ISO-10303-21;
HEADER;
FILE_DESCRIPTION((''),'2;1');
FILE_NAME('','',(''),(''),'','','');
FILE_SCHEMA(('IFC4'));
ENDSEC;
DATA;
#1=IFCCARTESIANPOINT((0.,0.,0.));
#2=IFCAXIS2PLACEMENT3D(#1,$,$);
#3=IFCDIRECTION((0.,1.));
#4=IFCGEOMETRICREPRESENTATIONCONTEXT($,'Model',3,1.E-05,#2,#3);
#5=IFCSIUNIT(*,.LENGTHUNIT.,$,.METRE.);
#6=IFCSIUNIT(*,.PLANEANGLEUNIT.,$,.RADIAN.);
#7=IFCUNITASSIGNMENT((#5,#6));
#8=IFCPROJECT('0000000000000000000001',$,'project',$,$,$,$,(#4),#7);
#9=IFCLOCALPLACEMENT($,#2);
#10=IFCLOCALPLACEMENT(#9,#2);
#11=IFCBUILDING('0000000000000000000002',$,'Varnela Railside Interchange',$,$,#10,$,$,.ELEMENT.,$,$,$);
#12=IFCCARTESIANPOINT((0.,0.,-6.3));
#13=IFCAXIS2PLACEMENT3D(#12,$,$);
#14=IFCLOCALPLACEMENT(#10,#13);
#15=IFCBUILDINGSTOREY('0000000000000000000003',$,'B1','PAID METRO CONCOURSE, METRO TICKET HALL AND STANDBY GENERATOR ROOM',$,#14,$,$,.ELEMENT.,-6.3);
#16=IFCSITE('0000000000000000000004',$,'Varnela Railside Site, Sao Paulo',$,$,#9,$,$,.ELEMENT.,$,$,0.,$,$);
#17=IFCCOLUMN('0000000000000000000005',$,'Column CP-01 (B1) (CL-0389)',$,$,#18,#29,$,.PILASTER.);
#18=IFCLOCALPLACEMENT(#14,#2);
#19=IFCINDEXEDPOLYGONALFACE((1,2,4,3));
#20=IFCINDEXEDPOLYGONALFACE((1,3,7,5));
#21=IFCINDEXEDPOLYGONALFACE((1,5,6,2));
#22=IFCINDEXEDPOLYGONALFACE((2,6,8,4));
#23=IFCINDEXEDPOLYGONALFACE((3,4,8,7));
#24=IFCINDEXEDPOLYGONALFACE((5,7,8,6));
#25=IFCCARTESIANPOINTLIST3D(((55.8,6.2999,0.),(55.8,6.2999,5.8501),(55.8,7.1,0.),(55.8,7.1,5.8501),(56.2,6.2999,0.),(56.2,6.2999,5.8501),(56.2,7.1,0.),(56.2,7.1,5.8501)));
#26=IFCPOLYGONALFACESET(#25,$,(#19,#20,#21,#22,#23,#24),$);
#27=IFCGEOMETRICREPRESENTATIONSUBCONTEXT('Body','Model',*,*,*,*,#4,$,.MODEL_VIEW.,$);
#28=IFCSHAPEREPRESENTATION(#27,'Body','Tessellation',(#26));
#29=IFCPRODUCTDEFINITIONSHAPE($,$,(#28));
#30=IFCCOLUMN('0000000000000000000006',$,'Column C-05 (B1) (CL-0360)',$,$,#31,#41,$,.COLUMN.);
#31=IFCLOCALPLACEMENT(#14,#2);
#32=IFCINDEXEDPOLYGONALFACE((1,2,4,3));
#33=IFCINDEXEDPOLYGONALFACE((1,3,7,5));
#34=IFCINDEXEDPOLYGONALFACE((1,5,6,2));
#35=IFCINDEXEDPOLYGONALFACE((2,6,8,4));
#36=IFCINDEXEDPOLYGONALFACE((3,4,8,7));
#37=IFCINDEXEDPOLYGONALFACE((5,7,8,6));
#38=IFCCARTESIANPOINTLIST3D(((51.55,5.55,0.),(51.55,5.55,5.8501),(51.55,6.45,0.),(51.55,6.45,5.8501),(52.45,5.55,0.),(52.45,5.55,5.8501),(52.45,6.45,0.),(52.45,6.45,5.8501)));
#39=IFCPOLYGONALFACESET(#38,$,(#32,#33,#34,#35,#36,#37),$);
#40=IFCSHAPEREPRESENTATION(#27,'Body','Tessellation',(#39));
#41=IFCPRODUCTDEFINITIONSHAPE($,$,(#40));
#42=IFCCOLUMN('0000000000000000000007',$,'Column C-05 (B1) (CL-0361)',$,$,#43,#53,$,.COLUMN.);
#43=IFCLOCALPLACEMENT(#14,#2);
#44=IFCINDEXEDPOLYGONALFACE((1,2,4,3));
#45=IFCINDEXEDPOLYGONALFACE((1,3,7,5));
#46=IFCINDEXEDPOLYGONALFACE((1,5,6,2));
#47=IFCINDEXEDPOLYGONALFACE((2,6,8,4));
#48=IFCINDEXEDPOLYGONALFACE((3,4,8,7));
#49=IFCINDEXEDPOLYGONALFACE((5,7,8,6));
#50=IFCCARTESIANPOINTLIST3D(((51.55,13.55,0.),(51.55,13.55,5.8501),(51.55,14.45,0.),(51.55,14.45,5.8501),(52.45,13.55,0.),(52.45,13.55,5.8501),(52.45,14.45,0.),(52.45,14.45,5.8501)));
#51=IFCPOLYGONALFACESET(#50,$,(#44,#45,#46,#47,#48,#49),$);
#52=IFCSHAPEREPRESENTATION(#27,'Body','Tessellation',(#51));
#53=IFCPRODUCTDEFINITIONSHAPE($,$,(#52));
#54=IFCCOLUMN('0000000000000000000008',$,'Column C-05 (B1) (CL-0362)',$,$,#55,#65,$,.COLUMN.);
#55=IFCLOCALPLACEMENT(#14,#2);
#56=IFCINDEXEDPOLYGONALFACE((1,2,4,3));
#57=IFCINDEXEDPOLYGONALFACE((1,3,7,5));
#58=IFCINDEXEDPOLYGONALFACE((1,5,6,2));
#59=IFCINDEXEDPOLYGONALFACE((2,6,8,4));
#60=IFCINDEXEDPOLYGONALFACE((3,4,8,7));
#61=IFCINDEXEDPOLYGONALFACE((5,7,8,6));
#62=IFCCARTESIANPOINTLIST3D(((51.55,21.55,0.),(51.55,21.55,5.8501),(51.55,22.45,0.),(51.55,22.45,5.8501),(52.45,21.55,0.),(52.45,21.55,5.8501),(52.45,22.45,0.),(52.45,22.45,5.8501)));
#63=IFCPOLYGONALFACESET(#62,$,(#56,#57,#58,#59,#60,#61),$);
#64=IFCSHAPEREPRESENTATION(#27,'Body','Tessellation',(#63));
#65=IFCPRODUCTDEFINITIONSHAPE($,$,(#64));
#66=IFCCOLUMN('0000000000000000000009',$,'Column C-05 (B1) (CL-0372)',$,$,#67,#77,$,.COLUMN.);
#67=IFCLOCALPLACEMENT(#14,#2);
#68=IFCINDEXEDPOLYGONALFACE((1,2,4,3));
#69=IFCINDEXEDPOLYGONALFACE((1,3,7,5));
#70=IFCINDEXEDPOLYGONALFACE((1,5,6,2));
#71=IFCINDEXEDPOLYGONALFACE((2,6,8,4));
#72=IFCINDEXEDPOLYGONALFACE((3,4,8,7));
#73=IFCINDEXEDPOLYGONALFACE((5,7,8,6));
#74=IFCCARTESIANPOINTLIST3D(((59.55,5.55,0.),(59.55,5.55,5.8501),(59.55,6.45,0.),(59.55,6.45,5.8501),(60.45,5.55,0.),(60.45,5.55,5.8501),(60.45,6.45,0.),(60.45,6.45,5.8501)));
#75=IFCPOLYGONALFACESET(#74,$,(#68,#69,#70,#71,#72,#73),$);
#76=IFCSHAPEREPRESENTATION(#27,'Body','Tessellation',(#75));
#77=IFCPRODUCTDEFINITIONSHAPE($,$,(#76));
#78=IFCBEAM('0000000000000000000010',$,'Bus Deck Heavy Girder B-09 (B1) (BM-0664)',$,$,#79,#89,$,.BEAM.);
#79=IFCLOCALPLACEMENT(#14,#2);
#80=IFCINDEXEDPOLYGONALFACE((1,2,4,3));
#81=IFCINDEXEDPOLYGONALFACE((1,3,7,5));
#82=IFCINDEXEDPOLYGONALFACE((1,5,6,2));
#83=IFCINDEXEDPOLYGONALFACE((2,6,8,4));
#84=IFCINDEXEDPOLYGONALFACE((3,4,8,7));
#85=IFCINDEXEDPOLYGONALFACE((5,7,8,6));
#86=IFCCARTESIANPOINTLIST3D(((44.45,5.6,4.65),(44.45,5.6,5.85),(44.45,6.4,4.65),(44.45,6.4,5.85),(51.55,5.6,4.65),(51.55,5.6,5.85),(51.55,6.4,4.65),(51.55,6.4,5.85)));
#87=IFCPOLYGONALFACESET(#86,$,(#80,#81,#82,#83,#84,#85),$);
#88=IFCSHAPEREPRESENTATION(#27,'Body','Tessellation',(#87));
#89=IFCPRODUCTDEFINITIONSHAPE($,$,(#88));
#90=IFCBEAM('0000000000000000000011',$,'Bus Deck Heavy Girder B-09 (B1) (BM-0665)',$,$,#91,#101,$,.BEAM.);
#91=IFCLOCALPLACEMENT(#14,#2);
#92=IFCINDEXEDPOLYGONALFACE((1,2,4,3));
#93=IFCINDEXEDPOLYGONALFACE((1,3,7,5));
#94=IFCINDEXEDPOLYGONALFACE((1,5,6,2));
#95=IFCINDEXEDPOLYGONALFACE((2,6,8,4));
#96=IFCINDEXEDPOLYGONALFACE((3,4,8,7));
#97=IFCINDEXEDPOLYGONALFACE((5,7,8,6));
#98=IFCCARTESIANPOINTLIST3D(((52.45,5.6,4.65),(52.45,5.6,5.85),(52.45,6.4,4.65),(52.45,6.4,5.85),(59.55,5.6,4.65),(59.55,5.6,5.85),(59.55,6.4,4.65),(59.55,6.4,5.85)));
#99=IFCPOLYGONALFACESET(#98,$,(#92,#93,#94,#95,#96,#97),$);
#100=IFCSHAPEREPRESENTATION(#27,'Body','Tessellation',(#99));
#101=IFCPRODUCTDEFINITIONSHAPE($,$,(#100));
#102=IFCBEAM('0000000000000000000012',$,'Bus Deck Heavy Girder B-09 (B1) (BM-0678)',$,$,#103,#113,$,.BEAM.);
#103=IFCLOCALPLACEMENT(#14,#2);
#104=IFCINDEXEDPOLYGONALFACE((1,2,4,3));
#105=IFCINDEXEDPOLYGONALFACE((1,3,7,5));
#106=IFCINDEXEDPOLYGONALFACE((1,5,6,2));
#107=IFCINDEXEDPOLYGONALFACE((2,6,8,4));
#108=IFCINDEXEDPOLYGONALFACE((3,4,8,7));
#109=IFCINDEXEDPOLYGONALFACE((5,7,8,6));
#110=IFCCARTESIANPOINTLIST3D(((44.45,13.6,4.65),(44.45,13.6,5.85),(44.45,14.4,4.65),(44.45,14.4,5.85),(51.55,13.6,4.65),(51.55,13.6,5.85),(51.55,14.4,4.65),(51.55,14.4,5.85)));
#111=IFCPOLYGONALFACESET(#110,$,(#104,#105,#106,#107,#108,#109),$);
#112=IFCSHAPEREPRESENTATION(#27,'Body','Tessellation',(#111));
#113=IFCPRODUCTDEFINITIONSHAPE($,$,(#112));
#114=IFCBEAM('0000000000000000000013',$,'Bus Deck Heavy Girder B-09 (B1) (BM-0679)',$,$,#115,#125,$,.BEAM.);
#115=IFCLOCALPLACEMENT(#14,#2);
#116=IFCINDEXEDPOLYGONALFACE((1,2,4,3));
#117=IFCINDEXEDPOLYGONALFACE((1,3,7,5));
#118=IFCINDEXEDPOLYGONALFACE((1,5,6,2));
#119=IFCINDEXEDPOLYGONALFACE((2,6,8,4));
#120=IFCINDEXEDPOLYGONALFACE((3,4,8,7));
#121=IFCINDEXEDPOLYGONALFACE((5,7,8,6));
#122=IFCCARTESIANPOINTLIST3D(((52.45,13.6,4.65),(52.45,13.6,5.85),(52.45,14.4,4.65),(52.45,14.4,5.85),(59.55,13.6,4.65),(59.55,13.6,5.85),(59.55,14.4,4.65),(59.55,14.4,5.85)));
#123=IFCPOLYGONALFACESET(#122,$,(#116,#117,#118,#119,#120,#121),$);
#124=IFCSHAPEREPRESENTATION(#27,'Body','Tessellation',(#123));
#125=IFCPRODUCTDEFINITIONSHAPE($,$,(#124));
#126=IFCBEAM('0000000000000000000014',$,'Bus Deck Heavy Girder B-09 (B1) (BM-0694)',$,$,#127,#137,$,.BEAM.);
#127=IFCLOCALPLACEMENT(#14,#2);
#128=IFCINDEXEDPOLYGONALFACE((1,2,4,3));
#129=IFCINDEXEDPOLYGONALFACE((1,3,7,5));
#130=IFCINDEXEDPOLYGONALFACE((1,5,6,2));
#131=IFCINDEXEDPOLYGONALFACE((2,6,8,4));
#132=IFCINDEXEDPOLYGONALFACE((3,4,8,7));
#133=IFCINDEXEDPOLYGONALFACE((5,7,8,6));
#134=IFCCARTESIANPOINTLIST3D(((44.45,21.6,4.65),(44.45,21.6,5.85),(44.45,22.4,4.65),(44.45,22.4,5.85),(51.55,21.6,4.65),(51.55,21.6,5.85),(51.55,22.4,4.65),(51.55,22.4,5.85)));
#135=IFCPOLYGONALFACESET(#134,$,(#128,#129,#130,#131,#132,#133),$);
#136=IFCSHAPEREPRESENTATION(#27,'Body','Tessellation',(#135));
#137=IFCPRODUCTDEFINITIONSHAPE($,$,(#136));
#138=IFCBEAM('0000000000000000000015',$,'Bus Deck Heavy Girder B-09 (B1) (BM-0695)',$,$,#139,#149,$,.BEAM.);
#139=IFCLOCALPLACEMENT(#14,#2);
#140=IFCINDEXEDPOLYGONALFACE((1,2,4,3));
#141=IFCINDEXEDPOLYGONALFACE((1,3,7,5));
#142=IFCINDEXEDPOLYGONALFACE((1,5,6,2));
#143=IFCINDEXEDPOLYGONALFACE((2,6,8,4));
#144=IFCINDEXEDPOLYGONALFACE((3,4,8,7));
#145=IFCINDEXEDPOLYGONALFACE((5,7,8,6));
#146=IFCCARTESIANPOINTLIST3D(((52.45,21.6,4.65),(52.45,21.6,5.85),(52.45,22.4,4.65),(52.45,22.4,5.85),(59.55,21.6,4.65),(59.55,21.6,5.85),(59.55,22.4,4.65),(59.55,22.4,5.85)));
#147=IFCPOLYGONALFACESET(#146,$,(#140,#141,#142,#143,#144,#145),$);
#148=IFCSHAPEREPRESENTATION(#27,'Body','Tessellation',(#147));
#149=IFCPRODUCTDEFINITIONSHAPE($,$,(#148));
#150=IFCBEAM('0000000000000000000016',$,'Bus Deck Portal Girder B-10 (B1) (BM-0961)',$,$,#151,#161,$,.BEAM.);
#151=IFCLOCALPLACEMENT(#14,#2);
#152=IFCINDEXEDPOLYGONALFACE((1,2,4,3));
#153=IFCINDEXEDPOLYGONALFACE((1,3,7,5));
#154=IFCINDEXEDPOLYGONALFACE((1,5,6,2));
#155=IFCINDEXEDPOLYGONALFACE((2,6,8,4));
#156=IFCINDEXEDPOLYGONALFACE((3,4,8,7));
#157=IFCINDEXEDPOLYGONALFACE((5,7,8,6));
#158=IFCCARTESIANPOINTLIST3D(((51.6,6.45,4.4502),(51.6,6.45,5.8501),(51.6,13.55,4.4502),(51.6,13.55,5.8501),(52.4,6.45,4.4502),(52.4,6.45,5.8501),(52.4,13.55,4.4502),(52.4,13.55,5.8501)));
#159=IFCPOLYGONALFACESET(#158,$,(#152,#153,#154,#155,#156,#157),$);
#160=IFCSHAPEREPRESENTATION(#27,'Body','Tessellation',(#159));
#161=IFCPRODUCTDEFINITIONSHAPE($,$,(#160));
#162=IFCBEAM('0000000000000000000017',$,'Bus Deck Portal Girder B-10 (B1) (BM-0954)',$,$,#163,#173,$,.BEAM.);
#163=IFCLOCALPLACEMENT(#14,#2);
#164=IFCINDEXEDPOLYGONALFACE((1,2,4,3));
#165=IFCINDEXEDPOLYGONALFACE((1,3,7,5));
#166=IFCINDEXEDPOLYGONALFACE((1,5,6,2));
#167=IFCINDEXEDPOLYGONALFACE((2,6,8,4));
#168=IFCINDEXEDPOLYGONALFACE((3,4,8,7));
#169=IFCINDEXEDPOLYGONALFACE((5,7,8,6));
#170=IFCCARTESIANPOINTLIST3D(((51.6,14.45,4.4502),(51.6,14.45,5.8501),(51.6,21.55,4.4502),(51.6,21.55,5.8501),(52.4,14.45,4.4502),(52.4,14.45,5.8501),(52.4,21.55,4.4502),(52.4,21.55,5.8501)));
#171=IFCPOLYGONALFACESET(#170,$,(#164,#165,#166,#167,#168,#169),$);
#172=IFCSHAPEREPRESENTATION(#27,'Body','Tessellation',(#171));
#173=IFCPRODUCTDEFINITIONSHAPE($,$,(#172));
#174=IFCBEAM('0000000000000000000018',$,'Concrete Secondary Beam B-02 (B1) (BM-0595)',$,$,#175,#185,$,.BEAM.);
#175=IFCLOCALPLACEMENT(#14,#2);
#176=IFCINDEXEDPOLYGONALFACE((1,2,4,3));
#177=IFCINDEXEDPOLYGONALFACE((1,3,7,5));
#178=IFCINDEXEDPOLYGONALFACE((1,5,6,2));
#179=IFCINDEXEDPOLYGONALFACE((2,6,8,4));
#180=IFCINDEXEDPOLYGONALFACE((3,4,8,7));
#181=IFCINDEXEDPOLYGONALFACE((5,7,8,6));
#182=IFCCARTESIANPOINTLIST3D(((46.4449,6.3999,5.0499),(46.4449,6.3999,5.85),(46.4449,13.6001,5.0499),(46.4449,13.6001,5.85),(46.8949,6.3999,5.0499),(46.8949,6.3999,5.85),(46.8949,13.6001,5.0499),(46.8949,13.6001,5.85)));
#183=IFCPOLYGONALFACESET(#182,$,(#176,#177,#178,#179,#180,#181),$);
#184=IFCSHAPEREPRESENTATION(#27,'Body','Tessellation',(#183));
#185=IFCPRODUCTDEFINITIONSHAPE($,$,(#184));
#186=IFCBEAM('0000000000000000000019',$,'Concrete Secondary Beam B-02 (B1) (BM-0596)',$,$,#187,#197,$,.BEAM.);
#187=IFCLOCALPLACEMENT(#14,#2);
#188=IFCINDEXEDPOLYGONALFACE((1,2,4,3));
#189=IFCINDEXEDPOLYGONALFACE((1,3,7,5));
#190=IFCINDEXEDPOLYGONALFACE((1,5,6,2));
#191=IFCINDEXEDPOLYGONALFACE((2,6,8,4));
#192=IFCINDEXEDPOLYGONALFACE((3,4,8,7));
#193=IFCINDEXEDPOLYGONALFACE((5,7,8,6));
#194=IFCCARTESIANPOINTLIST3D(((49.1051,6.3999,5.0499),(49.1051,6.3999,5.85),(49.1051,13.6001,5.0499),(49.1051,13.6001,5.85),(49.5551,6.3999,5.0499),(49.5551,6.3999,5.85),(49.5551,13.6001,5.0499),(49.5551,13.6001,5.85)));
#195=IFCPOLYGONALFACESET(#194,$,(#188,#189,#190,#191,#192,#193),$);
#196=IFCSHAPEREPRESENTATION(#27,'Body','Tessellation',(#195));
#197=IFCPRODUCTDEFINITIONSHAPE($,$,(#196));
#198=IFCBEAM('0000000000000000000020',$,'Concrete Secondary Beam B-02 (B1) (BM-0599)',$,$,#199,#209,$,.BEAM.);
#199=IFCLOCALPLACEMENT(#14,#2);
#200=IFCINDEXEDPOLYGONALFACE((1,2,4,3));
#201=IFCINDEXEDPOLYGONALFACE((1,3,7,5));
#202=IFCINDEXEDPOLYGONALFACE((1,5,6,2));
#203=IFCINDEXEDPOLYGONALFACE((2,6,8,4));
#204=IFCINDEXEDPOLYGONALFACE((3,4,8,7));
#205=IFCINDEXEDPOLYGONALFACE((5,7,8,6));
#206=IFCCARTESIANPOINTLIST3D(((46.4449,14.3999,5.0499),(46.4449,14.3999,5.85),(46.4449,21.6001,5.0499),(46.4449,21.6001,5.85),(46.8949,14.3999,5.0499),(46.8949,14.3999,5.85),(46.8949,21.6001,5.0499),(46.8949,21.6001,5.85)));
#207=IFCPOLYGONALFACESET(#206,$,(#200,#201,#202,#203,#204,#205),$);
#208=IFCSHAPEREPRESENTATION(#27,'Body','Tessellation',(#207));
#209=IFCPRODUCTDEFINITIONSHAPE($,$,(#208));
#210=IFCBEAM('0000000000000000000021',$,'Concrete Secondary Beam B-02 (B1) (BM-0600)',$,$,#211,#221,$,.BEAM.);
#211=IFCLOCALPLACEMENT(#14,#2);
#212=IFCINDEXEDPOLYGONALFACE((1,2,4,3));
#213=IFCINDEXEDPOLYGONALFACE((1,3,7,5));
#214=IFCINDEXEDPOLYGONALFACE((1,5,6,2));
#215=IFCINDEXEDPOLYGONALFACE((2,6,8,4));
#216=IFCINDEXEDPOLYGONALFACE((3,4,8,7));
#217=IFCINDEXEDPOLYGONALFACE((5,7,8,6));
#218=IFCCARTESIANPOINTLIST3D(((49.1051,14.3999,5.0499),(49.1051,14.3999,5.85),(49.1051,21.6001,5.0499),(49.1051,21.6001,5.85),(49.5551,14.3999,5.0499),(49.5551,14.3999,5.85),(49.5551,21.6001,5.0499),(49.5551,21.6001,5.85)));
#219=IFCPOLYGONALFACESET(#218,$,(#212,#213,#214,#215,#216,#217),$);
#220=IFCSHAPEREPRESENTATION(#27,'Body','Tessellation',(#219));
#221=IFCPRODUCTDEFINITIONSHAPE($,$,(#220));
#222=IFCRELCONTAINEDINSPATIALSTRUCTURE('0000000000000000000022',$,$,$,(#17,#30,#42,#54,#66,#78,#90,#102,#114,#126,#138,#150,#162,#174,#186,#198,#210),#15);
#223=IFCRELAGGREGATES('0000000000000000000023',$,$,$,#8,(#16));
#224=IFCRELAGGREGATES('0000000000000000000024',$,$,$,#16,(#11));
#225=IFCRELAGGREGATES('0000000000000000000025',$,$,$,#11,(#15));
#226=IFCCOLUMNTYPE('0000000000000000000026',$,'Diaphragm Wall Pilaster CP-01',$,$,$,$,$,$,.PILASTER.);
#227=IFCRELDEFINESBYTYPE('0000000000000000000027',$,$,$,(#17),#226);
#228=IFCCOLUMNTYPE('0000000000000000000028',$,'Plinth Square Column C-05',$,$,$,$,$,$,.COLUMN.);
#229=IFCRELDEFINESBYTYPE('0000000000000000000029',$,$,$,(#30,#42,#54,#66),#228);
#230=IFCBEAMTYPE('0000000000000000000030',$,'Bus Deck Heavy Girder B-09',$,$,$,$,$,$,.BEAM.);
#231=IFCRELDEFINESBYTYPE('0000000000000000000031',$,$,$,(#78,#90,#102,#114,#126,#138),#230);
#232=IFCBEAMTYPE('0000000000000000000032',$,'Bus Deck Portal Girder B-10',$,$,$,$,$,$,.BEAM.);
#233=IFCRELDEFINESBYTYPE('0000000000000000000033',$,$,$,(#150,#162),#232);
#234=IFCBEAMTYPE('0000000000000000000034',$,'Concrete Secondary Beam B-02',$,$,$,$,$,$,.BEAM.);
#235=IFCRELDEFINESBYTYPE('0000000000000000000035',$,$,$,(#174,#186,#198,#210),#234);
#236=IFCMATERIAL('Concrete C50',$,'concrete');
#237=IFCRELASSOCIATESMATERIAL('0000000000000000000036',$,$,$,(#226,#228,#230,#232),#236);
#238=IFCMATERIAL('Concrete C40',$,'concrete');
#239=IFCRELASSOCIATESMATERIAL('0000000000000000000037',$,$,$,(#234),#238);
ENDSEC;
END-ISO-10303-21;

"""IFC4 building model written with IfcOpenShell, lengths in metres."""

from ifc_helpers import new_model, si_unit, direction, frame, origin, origin_2d, place, context, subcontext, project, spatial, rectangle, extrude, material, material_profile, profile_set, type_object, element, save


model = new_model("IFC4")

# Units and contexts
model_context = context("Model", 3, precision=1e-05, world=origin(), true_north=direction((0.0, 1.0)))
body_context = subcontext(model_context, "Body", "Model", "MODEL_VIEW")
ifc_project = project(units=[si_unit("LENGTHUNIT", "METRE"), si_unit("PLANEANGLEUNIT", "RADIAN")], contexts=[model_context])

# Site, building, storey
site_placement = place(None, origin())
site = spatial("IfcSite", under=ifc_project, at=site_placement, Name="Varnela Railside Site, Sao Paulo", CompositionType="ELEMENT", RefElevation=0.0)
building_placement = place(site_placement, origin())
building = spatial("IfcBuilding", under=site, at=building_placement, Name="Varnela Railside Interchange", CompositionType="ELEMENT")
storey_placement = place(building_placement, frame((0.0, 0.0, -6.3)))
storey = spatial("IfcBuildingStorey", under=building, at=storey_placement, Name="B1", Description="PAID METRO CONCOURSE, METRO TICKET HALL AND STANDBY GENERATOR ROOM", CompositionType="ELEMENT", Elevation=-6.3)

# Columns
ifc_material_1 = material(Name="Concrete C50", Category="concrete")
ifc_material_profile_1 = material_profile(ifc_material_1, rectangle(XDim=0.3999, YDim=0.8, at=origin_2d()), Name="RC 400x800")
ifc_profile_set_1 = profile_set([ifc_material_profile_1], Name="Concrete C50")
column_type_1 = type_object("IfcColumnType", Name="Diaphragm Wall Pilaster CP-01", PredefinedType="PILASTER", material=ifc_profile_set_1)
column_placement = place(storey_placement, frame((56.0, 6.7, 0.0), z_axis=(0.0, 0.0, 1.0), x_axis=(1.0, 0.0, 0.0)))
element("IfcColumn", 1, at=column_placement, inside=storey, type_object=column_type_1, Name="Column CP-01 (B1) (CL-0389)", PredefinedType="PILASTER", context=body_context, shape_type="SweptSolid", body=[
    extrude(rectangle(XDim=0.3999, YDim=0.8, at=origin_2d()), origin(), (0.0, 0.0, 1.0), 5.8501),
])
ifc_material_profile_2 = material_profile(ifc_material_1, rectangle(XDim=0.8999, YDim=0.8999, at=origin_2d()), Name="RC 900x900")
ifc_profile_set_2 = profile_set([ifc_material_profile_2], Name="Concrete C50")
column_type_2 = type_object("IfcColumnType", Name="Plinth Square Column C-05", PredefinedType="COLUMN", material=ifc_profile_set_2)
for number, where, z_axis, x_axis, name in (
    (2, (52.0, 6.0, 0.0), (0.0, 0.0, 1.0), (1.0, 0.0, 0.0), "Column C-05 (B1) (CL-0360)"),
    (3, (52.0, 14.0, 0.0), (0.0, 0.0, 1.0), (1.0, 0.0, 0.0), "Column C-05 (B1) (CL-0361)"),
    (4, (52.0, 22.0, 0.0), (0.0, 0.0, 1.0), (1.0, 0.0, 0.0), "Column C-05 (B1) (CL-0362)"),
    (5, (60.0, 6.0, 0.0), (0.0, 0.0, 1.0), (1.0, 0.0, 0.0), "Column C-05 (B1) (CL-0372)"),
):
    element("IfcColumn", number, at=place(storey_placement, frame(where, z_axis=z_axis, x_axis=x_axis)), inside=storey, type_object=column_type_2, Name=name, PredefinedType="COLUMN", context=body_context, shape_type="SweptSolid", body=[
        extrude(rectangle(XDim=0.8999, YDim=0.8999, at=origin_2d()), origin(), (0.0, 0.0, 1.0), 5.8501),
    ])

# Beams
ifc_material_profile_3 = material_profile(ifc_material_1, rectangle(XDim=0.8, YDim=1.2, at=origin_2d()), Name="RC 800x1200")
ifc_profile_set_3 = profile_set([ifc_material_profile_3], Name="Concrete C50")
beam_type_1 = type_object("IfcBeamType", Name="Bus Deck Heavy Girder B-09", PredefinedType="BEAM", material=ifc_profile_set_3)
for number, where, z_axis, x_axis, name in (
    (6, (44.45, 6.0, 5.25), (1.0, 0.0, 0.0), (0.0, 1.0, 0.0), "Bus Deck Heavy Girder B-09 (B1) (BM-0664)"),
    (7, (52.45, 6.0, 5.25), (1.0, 0.0, 0.0), (0.0, 1.0, 0.0), "Bus Deck Heavy Girder B-09 (B1) (BM-0665)"),
    (8, (44.45, 14.0, 5.25), (1.0, 0.0, 0.0), (0.0, 1.0, 0.0), "Bus Deck Heavy Girder B-09 (B1) (BM-0678)"),
    (9, (52.45, 14.0, 5.25), (1.0, 0.0, 0.0), (0.0, 1.0, 0.0), "Bus Deck Heavy Girder B-09 (B1) (BM-0679)"),
    (10, (44.45, 22.0, 5.25), (1.0, 0.0, 0.0), (0.0, 1.0, 0.0), "Bus Deck Heavy Girder B-09 (B1) (BM-0694)"),
    (11, (52.45, 22.0, 5.25), (1.0, 0.0, 0.0), (0.0, 1.0, 0.0), "Bus Deck Heavy Girder B-09 (B1) (BM-0695)"),
):
    element("IfcBeam", number, at=place(storey_placement, frame(where, z_axis=z_axis, x_axis=x_axis)), inside=storey, type_object=beam_type_1, Name=name, PredefinedType="BEAM", context=body_context, shape_type="SweptSolid", body=[
        extrude(rectangle(XDim=0.8, YDim=1.2, at=origin_2d()), origin(), (0.0, 0.0, 1.0), 7.1001),
    ])
ifc_material_profile_4 = material_profile(ifc_material_1, rectangle(XDim=0.8, YDim=1.3999, at=origin_2d()), Name="RC 800x1400")
ifc_profile_set_4 = profile_set([ifc_material_profile_4], Name="Concrete C50")
beam_type_2 = type_object("IfcBeamType", Name="Bus Deck Portal Girder B-10", PredefinedType="BEAM", material=ifc_profile_set_4)
for number, where, z_axis, x_axis, name in (
    (12, (52.0, 6.45, 5.1501), (0.0, 1.0, 0.0), (-1.0, 0.0, 0.0), "Bus Deck Portal Girder B-10 (B1) (BM-0961)"),
    (13, (52.0, 14.45, 5.1501), (0.0, 1.0, 0.0), (-1.0, 0.0, 0.0), "Bus Deck Portal Girder B-10 (B1) (BM-0954)"),
):
    element("IfcBeam", number, at=place(storey_placement, frame(where, z_axis=z_axis, x_axis=x_axis)), inside=storey, type_object=beam_type_2, Name=name, PredefinedType="BEAM", context=body_context, shape_type="SweptSolid", body=[
        extrude(rectangle(XDim=0.8, YDim=1.3999, at=origin_2d()), origin(), (0.0, 0.0, 1.0), 7.1001),
    ])
ifc_material_2 = material(Name="Concrete C40", Category="concrete")
ifc_material_profile_5 = material_profile(ifc_material_2, rectangle(XDim=0.45, YDim=0.8, at=origin_2d()), Name="RC 450x800")
ifc_profile_set_5 = profile_set([ifc_material_profile_5], Name="Concrete C40")
beam_type_3 = type_object("IfcBeamType", Name="Concrete Secondary Beam B-02", PredefinedType="BEAM", material=ifc_profile_set_5)
for number, where, z_axis, x_axis, name in (
    (14, (46.6699, 6.3999, 5.45), (0.0, 1.0, 0.0), (-1.0, 0.0, 0.0), "Concrete Secondary Beam B-02 (B1) (BM-0595)"),
    (15, (49.3301, 6.3999, 5.45), (0.0, 1.0, 0.0), (-1.0, 0.0, 0.0), "Concrete Secondary Beam B-02 (B1) (BM-0596)"),
    (16, (46.6699, 14.3999, 5.45), (0.0, 1.0, 0.0), (-1.0, 0.0, 0.0), "Concrete Secondary Beam B-02 (B1) (BM-0599)"),
    (17, (49.3301, 14.3999, 5.45), (0.0, 1.0, 0.0), (-1.0, 0.0, 0.0), "Concrete Secondary Beam B-02 (B1) (BM-0600)"),
):
    element("IfcBeam", number, at=place(storey_placement, frame(where, z_axis=z_axis, x_axis=x_axis)), inside=storey, type_object=beam_type_3, Name=name, PredefinedType="BEAM", context=body_context, shape_type="SweptSolid", body=[
        extrude(rectangle(XDim=0.45, YDim=0.8, at=origin_2d()), origin(), (0.0, 0.0, 1.0), 7.2002),
    ])

save(model, "model.ifc")
